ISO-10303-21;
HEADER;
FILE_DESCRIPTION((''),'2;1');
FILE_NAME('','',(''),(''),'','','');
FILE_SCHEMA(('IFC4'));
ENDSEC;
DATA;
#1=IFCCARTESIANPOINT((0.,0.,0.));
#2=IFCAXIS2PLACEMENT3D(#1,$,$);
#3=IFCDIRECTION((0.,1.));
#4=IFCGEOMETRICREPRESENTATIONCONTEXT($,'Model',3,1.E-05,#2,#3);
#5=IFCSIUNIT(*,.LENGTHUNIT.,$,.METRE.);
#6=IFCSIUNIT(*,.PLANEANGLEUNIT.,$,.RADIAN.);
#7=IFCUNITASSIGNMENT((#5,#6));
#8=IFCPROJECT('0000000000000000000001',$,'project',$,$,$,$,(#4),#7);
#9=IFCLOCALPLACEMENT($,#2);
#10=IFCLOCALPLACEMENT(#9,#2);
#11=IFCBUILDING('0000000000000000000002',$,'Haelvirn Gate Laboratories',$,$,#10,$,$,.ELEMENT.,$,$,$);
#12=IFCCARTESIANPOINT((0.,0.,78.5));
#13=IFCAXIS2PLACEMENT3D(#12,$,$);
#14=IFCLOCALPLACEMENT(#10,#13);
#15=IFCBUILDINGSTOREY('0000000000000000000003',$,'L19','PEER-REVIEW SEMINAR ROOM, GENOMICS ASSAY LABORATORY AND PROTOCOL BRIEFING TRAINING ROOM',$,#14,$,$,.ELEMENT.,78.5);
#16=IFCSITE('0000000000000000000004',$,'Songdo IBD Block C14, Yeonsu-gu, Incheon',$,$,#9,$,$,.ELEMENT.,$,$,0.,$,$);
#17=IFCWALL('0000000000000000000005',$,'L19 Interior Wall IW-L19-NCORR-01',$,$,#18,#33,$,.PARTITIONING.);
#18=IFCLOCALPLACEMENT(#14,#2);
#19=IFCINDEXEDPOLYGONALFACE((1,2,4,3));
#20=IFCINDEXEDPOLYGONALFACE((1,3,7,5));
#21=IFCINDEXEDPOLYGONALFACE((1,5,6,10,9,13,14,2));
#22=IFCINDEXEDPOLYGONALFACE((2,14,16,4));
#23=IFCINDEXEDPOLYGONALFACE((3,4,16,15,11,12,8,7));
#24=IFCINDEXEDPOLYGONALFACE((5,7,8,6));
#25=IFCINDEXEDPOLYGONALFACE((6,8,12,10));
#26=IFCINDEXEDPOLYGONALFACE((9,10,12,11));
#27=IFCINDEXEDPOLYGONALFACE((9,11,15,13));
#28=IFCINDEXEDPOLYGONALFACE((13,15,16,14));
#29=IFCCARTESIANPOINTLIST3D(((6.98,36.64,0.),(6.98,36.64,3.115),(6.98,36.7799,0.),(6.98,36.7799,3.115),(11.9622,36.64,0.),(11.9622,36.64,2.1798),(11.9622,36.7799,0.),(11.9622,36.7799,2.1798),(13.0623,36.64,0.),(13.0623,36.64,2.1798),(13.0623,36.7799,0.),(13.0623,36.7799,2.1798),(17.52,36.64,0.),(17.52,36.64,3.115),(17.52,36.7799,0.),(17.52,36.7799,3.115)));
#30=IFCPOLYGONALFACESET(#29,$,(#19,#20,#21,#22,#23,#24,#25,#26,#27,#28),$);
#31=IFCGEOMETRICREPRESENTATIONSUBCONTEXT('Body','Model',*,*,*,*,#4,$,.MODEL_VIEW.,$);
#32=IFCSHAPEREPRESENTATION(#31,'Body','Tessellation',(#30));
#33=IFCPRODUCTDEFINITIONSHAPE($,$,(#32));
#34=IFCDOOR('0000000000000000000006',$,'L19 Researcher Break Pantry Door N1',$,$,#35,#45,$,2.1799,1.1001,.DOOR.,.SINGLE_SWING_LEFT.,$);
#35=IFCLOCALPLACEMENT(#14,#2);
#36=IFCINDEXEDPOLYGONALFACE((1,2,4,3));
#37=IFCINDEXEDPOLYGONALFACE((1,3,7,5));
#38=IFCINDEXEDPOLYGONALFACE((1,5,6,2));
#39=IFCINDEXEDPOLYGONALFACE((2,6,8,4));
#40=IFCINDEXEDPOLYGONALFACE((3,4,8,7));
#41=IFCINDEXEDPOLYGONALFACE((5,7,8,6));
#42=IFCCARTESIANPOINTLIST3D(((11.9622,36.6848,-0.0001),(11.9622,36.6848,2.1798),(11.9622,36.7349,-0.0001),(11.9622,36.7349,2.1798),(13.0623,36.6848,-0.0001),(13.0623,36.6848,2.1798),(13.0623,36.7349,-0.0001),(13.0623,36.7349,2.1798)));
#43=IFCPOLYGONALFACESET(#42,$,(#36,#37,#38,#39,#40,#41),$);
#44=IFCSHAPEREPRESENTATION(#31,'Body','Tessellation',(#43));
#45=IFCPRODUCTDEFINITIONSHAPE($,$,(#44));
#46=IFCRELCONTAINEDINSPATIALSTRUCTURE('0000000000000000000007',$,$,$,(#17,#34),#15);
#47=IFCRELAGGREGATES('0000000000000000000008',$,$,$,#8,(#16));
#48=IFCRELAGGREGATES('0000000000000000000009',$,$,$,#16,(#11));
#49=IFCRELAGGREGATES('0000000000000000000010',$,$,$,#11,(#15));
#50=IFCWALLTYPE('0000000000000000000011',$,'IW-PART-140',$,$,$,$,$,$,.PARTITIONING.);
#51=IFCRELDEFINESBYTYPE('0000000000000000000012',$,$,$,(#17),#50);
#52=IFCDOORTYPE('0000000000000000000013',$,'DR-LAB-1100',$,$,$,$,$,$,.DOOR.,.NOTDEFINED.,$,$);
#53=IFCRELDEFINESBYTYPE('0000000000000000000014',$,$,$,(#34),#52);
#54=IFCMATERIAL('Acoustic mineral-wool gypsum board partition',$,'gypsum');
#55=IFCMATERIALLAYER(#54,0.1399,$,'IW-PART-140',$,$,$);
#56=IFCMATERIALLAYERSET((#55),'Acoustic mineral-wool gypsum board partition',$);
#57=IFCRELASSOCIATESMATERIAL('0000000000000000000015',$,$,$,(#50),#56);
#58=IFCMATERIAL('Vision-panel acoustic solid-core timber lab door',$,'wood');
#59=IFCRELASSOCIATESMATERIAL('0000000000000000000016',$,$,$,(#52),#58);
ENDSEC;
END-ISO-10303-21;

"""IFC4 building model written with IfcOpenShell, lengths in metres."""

from ifc_helpers import new_model, si_unit, direction, frame, frame_2d, origin, place, context, subcontext, project, spatial, rectangle, extrude, source, transform, mapped, material, layer, layer_set, type_object, type_shapes, element, fill, save


model = new_model("IFC4")

# Units and contexts
model_context = context("Model", 3, precision=1e-05, world=origin(), true_north=direction((0.0, 1.0)))
body_context = subcontext(model_context, "Body", "Model", "MODEL_VIEW")
ifc_project = project(units=[si_unit("LENGTHUNIT", "METRE"), si_unit("PLANEANGLEUNIT", "RADIAN")], contexts=[model_context])

# Site, building, storey
site_placement = place(None, origin())
site = spatial("IfcSite", under=ifc_project, at=site_placement, Name="Songdo IBD Block C14, Yeonsu-gu, Incheon", CompositionType="ELEMENT", RefElevation=0.0)
building_placement = place(site_placement, origin())
building = spatial("IfcBuilding", under=site, at=building_placement, Name="Haelvirn Gate Laboratories", CompositionType="ELEMENT")
storey_placement = place(building_placement, frame((0.0, 0.0, 78.5)))
storey = spatial("IfcBuildingStorey", under=building, at=storey_placement, Name="L19", Description="PEER-REVIEW SEMINAR ROOM, GENOMICS ASSAY LABORATORY AND PROTOCOL BRIEFING TRAINING ROOM", CompositionType="ELEMENT", Elevation=78.5)

# Wall, opening, door
ifc_material_1 = material(Name="Acoustic mineral-wool gypsum board partition", Category="gypsum")
ifc_layer_1 = layer(ifc_material_1, 0.1399, Name="IW-PART-140")
ifc_layer_set_1 = layer_set([ifc_layer_1], Name="Acoustic mineral-wool gypsum board partition")
wall_type_1 = type_object("IfcWallType", Name="IW-PART-140", PredefinedType="PARTITIONING", material=ifc_layer_set_1)
wall_1_placement = place(storey_placement, frame((6.98, 36.71, 0.0), z_axis=(0.0, 0.0, 1.0), x_axis=(1.0, 0.0, 0.0)))
wall_1 = element("IfcWall", 1, at=wall_1_placement, inside=storey, type_object=wall_type_1, Name="L19 Interior Wall IW-L19-NCORR-01", PredefinedType="PARTITIONING", context=body_context, shape_type="SweptSolid", body=[
    extrude(rectangle(XDim=10.54, YDim=0.1399, at=frame_2d((5.27, 0.0))), origin(), (0.0, 0.0, 1.0), 3.115),
])
opening_1_placement = place(wall_1_placement, frame((4.9822, 0.0, 0.0)))
opening_1 = element("IfcOpeningElement", 2, at=opening_1_placement, cuts=wall_1, PredefinedType="OPENING", context=body_context, shape_type="SweptSolid", body=[
    extrude(rectangle(XDim=1.1001, YDim=2.1799, at=frame_2d((0.55, 1.0898))), frame((0.0, 0.0801, 0.0), z_axis=(0.0, -1.0, 0.0), x_axis=(1.0, 0.0, 0.0)), (0.0, 0.0, 1.0), 0.1599),
])
ifc_material_2 = material(Name="Vision-panel acoustic solid-core timber lab door", Category="wood")
door_type_1 = type_object("IfcDoorType", Name="DR-LAB-1100", OperationType="NOTDEFINED", PredefinedType="DOOR", material=ifc_material_2)
shared_shape_1 = source(origin(), body_context, "Body", "SweptSolid", [
    extrude(rectangle(XDim=1.1001, YDim=2.1799, at=frame_2d((0.55, 1.0898))), frame((0.0, 0.0249, 0.0), z_axis=(0.0, -1.0, 0.0), x_axis=(1.0, 0.0, 0.0)), (0.0, 0.0, 1.0), 0.05),
])
type_shapes(door_type_1, [shared_shape_1])
door_1_placement = place(opening_1_placement, origin())
door_1 = element("IfcDoor", 3, at=door_1_placement, inside=storey, type_object=door_type_1, Name="L19 Researcher Break Pantry Door N1", OperationType="SINGLE_SWING_LEFT", OverallHeight=2.1799, OverallWidth=1.1001, PredefinedType="DOOR", context=body_context, shape_type="MappedRepresentation", body=[
    mapped(shared_shape_1, transform((0.0, 0.0, 0.0), scale=1.0)),
])
fill(opening_1, door_1)

save(model, "model.ifc")
